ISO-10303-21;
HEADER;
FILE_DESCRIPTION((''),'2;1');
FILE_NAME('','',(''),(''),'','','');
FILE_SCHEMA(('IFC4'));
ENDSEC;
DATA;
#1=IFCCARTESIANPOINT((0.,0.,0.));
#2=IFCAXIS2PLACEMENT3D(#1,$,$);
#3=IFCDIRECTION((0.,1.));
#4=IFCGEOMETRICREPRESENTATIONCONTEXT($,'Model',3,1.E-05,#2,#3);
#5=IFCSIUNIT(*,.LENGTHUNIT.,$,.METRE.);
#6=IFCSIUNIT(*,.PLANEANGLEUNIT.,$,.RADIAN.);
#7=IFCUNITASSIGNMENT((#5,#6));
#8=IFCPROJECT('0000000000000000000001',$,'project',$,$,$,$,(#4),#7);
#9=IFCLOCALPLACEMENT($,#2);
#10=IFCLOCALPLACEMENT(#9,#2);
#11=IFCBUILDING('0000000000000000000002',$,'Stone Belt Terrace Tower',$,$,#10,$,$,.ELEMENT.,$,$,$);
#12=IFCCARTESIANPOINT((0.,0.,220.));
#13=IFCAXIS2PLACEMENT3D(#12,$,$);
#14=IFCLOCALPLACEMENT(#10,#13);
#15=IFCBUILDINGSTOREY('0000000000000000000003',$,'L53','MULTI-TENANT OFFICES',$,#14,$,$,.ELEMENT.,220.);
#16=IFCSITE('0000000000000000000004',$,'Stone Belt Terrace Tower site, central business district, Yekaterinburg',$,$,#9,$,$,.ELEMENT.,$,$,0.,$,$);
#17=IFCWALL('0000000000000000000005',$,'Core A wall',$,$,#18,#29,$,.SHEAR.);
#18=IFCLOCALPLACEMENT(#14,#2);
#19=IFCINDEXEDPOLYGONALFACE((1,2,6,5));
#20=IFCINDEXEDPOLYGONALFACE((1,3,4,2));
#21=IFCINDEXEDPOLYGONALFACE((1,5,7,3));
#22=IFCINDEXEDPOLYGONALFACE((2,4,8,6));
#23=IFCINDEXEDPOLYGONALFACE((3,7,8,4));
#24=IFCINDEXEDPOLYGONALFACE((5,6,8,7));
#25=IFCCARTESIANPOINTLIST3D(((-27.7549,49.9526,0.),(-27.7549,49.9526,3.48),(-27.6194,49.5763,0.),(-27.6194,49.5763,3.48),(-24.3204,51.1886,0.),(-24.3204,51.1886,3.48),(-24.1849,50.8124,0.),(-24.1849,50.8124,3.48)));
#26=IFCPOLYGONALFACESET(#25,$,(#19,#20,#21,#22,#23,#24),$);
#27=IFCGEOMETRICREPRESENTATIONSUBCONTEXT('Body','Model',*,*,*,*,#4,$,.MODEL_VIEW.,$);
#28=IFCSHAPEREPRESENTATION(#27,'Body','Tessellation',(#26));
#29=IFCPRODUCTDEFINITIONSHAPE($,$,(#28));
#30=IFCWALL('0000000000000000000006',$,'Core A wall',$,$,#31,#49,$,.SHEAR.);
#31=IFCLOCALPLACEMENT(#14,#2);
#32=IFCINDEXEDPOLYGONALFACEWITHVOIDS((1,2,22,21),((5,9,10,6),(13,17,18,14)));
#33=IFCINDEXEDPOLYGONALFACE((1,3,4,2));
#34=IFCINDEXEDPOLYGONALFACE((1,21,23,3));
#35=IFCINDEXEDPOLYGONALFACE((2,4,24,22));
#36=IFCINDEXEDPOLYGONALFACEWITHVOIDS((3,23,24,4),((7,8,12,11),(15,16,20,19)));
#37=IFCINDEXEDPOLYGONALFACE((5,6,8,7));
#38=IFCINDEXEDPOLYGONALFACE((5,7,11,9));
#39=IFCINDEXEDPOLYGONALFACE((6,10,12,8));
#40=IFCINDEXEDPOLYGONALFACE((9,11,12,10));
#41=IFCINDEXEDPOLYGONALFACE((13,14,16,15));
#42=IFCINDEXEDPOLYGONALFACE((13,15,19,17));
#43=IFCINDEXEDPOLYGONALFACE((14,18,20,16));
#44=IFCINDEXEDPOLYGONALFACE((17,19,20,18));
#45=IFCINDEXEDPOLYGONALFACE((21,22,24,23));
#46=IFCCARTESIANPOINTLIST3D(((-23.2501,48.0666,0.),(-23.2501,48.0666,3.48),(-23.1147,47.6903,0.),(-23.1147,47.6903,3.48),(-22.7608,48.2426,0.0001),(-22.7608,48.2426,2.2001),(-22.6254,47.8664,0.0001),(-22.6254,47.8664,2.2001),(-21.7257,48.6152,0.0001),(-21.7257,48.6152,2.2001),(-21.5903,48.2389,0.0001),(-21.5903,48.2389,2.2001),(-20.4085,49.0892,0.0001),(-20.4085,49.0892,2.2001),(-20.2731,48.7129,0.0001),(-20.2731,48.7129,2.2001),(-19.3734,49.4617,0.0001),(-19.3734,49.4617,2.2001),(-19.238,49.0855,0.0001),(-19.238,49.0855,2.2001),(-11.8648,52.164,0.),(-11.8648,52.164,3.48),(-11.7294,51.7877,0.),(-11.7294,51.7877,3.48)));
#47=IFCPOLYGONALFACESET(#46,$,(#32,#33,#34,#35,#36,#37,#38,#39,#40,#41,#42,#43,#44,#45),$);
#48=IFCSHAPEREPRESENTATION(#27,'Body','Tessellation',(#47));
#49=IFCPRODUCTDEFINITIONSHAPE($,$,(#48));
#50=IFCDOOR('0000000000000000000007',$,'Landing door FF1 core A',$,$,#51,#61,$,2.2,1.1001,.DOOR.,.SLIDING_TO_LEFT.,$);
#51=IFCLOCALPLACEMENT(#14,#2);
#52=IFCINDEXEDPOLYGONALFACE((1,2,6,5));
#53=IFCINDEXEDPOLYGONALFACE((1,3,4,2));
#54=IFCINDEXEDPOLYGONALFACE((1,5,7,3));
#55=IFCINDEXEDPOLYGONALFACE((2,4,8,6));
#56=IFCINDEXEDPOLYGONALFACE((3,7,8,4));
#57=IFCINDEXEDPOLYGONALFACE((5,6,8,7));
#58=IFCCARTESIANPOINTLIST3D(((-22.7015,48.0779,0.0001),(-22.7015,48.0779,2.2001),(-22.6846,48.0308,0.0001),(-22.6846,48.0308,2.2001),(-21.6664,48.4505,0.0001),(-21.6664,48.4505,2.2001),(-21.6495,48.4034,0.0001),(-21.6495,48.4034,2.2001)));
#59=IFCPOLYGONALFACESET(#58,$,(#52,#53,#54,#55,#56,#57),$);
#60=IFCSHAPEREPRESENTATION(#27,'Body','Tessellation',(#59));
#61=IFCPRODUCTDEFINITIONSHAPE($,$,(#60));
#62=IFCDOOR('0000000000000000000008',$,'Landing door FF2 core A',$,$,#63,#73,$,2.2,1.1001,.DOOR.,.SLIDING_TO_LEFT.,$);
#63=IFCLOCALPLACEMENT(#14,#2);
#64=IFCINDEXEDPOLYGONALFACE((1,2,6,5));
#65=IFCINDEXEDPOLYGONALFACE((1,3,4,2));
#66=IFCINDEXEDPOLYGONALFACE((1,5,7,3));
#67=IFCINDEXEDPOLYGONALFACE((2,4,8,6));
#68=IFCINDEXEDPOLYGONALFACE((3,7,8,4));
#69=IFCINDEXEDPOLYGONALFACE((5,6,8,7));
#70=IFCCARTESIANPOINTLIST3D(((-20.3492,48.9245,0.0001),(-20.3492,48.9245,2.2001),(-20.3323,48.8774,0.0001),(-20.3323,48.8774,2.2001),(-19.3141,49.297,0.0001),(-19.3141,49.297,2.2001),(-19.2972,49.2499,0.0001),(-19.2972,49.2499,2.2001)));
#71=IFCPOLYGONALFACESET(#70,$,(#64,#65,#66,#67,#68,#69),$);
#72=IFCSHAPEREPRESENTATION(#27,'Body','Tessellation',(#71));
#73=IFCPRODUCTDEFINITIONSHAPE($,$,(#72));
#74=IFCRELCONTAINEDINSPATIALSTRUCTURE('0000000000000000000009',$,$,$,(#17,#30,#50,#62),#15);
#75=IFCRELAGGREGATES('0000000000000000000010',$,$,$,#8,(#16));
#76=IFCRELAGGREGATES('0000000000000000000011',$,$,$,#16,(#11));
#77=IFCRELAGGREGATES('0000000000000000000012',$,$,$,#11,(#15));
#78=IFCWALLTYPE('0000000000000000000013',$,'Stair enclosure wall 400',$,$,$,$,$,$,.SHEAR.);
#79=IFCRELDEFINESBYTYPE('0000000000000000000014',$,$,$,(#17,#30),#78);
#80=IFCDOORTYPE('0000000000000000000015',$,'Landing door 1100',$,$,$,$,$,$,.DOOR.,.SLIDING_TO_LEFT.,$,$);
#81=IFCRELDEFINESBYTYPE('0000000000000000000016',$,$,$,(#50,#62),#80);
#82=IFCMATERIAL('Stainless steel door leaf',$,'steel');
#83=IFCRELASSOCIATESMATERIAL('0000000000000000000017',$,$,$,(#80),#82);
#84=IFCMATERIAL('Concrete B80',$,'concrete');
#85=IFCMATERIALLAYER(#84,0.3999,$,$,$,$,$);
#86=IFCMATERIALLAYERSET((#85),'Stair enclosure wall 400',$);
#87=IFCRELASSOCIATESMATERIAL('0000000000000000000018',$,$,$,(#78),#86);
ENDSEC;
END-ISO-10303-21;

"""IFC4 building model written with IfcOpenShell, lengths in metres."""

from ifc_helpers import new_model, si_unit, direction, frame, frame_2d, origin, place, context, subcontext, project, spatial, rectangle, extrude, material, layer, layer_set, type_object, element, fill, save


model = new_model("IFC4")

# Units and contexts
model_context = context("Model", 3, precision=1e-05, world=origin(), true_north=direction((0.0, 1.0)))
body_context = subcontext(model_context, "Body", "Model", "MODEL_VIEW")
ifc_project = project(units=[si_unit("LENGTHUNIT", "METRE"), si_unit("PLANEANGLEUNIT", "RADIAN")], contexts=[model_context])

# Site, building, storey
site_placement = place(None, origin())
site = spatial("IfcSite", under=ifc_project, at=site_placement, Name="Stone Belt Terrace Tower site, central business district, Yekaterinburg", CompositionType="ELEMENT", RefElevation=0.0)
building_placement = place(site_placement, origin())
building = spatial("IfcBuilding", under=site, at=building_placement, Name="Stone Belt Terrace Tower", CompositionType="ELEMENT")
storey_placement = place(building_placement, frame((0.0, 0.0, 220.0)))
storey = spatial("IfcBuildingStorey", under=building, at=storey_placement, Name="L53", Description="MULTI-TENANT OFFICES", CompositionType="ELEMENT", Elevation=220.0)

# Shared definitions
ifc_material_1 = material(Name="Concrete B80", Category="concrete")

# Shared definitions
ifc_material_2 = material(Name="Stainless steel door leaf", Category="steel")
door_type_1 = type_object("IfcDoorType", Name="Landing door 1100", OperationType="SLIDING_TO_LEFT", PredefinedType="DOOR", material=ifc_material_2)

# Wall
ifc_layer_1 = layer(ifc_material_1, 0.3999)
ifc_layer_set_1 = layer_set([ifc_layer_1], Name="Stair enclosure wall 400")
wall_type_1 = type_object("IfcWallType", Name="Stair enclosure wall 400", PredefinedType="SHEAR", material=ifc_layer_set_1)
wall_1_placement = place(storey_placement, frame((-27.6873, 49.7644, 0.0), z_axis=(0.0, 0.0, 1.0), x_axis=(0.940919, 0.338632, 0.0)))
element("IfcWall", 1, at=wall_1_placement, inside=storey, type_object=wall_type_1, Name="Core A wall", PredefinedType="SHEAR", context=body_context, shape_type="SweptSolid", body=[
    extrude(rectangle(XDim=3.6501, YDim=0.3999, at=frame_2d((1.8252, 0.0))), origin(), (0.0, 0.0, 1.0), 3.48),
])

# Wall, openings, doors
wall_2_placement = place(storey_placement, frame((-23.1824, 47.8784, 0.0), z_axis=(0.0, 0.0, 1.0), x_axis=(0.940921, 0.338626, 0.0)))
wall_2 = element("IfcWall", 2, at=wall_2_placement, inside=storey, type_object=wall_type_1, Name="Core A wall", PredefinedType="SHEAR", context=body_context, shape_type="SweptSolid", body=[
    extrude(rectangle(XDim=12.1001, YDim=0.3999, at=frame_2d((6.05, 0.0))), origin(), (0.0, 0.0, 1.0), 3.48),
])
opening_1_placement = place(wall_2_placement, frame((0.52, 0.0, 0.0)))
opening_1 = element("IfcOpeningElement", 3, at=opening_1_placement, cuts=wall_2, PredefinedType="OPENING", context=body_context, shape_type="SweptSolid", body=[
    extrude(rectangle(XDim=1.1001, YDim=2.2, at=frame_2d((0.55, 1.1001))), frame((0.0, 0.21, 0.0), z_axis=(0.0, -1.0, 0.0), x_axis=(1.0, 0.0, 0.0)), (0.0, 0.0, 1.0), 0.4199),
])
opening_2_placement = place(wall_2_placement, frame((3.02, 0.0, 0.0)))
opening_2 = element("IfcOpeningElement", 4, at=opening_2_placement, cuts=wall_2, PredefinedType="OPENING", context=body_context, shape_type="SweptSolid", body=[
    extrude(rectangle(XDim=1.1001, YDim=2.2, at=frame_2d((0.55, 1.1001))), frame((0.0, 0.21, 0.0), z_axis=(0.0, -1.0, 0.0), x_axis=(1.0, 0.0, 0.0)), (0.0, 0.0, 1.0), 0.4199),
])
door_1_placement = place(opening_1_placement, origin())
door_1 = element("IfcDoor", 5, at=door_1_placement, inside=storey, type_object=door_type_1, Name="Landing door FF1 core A", OperationType="SLIDING_TO_LEFT", OverallHeight=2.2, OverallWidth=1.1001, PredefinedType="DOOR", context=body_context, shape_type="SweptSolid", body=[
    extrude(rectangle(XDim=1.1001, YDim=2.2, at=frame_2d((0.55, 1.1001))), frame((0.0, 0.0249, 0.0), z_axis=(0.0, -1.0, 0.0), x_axis=(1.0, 0.0, 0.0)), (0.0, 0.0, 1.0), 0.05),
])
fill(opening_1, door_1)
door_2_placement = place(opening_2_placement, origin())
door_2 = element("IfcDoor", 6, at=door_2_placement, inside=storey, type_object=door_type_1, Name="Landing door FF2 core A", OperationType="SLIDING_TO_LEFT", OverallHeight=2.2, OverallWidth=1.1001, PredefinedType="DOOR", context=body_context, shape_type="SweptSolid", body=[
    extrude(rectangle(XDim=1.1001, YDim=2.2, at=frame_2d((0.55, 1.1001))), frame((0.0, 0.0249, 0.0), z_axis=(0.0, -1.0, 0.0), x_axis=(1.0, 0.0, 0.0)), (0.0, 0.0, 1.0), 0.05),
])
fill(opening_2, door_2)

save(model, "model.ifc")
